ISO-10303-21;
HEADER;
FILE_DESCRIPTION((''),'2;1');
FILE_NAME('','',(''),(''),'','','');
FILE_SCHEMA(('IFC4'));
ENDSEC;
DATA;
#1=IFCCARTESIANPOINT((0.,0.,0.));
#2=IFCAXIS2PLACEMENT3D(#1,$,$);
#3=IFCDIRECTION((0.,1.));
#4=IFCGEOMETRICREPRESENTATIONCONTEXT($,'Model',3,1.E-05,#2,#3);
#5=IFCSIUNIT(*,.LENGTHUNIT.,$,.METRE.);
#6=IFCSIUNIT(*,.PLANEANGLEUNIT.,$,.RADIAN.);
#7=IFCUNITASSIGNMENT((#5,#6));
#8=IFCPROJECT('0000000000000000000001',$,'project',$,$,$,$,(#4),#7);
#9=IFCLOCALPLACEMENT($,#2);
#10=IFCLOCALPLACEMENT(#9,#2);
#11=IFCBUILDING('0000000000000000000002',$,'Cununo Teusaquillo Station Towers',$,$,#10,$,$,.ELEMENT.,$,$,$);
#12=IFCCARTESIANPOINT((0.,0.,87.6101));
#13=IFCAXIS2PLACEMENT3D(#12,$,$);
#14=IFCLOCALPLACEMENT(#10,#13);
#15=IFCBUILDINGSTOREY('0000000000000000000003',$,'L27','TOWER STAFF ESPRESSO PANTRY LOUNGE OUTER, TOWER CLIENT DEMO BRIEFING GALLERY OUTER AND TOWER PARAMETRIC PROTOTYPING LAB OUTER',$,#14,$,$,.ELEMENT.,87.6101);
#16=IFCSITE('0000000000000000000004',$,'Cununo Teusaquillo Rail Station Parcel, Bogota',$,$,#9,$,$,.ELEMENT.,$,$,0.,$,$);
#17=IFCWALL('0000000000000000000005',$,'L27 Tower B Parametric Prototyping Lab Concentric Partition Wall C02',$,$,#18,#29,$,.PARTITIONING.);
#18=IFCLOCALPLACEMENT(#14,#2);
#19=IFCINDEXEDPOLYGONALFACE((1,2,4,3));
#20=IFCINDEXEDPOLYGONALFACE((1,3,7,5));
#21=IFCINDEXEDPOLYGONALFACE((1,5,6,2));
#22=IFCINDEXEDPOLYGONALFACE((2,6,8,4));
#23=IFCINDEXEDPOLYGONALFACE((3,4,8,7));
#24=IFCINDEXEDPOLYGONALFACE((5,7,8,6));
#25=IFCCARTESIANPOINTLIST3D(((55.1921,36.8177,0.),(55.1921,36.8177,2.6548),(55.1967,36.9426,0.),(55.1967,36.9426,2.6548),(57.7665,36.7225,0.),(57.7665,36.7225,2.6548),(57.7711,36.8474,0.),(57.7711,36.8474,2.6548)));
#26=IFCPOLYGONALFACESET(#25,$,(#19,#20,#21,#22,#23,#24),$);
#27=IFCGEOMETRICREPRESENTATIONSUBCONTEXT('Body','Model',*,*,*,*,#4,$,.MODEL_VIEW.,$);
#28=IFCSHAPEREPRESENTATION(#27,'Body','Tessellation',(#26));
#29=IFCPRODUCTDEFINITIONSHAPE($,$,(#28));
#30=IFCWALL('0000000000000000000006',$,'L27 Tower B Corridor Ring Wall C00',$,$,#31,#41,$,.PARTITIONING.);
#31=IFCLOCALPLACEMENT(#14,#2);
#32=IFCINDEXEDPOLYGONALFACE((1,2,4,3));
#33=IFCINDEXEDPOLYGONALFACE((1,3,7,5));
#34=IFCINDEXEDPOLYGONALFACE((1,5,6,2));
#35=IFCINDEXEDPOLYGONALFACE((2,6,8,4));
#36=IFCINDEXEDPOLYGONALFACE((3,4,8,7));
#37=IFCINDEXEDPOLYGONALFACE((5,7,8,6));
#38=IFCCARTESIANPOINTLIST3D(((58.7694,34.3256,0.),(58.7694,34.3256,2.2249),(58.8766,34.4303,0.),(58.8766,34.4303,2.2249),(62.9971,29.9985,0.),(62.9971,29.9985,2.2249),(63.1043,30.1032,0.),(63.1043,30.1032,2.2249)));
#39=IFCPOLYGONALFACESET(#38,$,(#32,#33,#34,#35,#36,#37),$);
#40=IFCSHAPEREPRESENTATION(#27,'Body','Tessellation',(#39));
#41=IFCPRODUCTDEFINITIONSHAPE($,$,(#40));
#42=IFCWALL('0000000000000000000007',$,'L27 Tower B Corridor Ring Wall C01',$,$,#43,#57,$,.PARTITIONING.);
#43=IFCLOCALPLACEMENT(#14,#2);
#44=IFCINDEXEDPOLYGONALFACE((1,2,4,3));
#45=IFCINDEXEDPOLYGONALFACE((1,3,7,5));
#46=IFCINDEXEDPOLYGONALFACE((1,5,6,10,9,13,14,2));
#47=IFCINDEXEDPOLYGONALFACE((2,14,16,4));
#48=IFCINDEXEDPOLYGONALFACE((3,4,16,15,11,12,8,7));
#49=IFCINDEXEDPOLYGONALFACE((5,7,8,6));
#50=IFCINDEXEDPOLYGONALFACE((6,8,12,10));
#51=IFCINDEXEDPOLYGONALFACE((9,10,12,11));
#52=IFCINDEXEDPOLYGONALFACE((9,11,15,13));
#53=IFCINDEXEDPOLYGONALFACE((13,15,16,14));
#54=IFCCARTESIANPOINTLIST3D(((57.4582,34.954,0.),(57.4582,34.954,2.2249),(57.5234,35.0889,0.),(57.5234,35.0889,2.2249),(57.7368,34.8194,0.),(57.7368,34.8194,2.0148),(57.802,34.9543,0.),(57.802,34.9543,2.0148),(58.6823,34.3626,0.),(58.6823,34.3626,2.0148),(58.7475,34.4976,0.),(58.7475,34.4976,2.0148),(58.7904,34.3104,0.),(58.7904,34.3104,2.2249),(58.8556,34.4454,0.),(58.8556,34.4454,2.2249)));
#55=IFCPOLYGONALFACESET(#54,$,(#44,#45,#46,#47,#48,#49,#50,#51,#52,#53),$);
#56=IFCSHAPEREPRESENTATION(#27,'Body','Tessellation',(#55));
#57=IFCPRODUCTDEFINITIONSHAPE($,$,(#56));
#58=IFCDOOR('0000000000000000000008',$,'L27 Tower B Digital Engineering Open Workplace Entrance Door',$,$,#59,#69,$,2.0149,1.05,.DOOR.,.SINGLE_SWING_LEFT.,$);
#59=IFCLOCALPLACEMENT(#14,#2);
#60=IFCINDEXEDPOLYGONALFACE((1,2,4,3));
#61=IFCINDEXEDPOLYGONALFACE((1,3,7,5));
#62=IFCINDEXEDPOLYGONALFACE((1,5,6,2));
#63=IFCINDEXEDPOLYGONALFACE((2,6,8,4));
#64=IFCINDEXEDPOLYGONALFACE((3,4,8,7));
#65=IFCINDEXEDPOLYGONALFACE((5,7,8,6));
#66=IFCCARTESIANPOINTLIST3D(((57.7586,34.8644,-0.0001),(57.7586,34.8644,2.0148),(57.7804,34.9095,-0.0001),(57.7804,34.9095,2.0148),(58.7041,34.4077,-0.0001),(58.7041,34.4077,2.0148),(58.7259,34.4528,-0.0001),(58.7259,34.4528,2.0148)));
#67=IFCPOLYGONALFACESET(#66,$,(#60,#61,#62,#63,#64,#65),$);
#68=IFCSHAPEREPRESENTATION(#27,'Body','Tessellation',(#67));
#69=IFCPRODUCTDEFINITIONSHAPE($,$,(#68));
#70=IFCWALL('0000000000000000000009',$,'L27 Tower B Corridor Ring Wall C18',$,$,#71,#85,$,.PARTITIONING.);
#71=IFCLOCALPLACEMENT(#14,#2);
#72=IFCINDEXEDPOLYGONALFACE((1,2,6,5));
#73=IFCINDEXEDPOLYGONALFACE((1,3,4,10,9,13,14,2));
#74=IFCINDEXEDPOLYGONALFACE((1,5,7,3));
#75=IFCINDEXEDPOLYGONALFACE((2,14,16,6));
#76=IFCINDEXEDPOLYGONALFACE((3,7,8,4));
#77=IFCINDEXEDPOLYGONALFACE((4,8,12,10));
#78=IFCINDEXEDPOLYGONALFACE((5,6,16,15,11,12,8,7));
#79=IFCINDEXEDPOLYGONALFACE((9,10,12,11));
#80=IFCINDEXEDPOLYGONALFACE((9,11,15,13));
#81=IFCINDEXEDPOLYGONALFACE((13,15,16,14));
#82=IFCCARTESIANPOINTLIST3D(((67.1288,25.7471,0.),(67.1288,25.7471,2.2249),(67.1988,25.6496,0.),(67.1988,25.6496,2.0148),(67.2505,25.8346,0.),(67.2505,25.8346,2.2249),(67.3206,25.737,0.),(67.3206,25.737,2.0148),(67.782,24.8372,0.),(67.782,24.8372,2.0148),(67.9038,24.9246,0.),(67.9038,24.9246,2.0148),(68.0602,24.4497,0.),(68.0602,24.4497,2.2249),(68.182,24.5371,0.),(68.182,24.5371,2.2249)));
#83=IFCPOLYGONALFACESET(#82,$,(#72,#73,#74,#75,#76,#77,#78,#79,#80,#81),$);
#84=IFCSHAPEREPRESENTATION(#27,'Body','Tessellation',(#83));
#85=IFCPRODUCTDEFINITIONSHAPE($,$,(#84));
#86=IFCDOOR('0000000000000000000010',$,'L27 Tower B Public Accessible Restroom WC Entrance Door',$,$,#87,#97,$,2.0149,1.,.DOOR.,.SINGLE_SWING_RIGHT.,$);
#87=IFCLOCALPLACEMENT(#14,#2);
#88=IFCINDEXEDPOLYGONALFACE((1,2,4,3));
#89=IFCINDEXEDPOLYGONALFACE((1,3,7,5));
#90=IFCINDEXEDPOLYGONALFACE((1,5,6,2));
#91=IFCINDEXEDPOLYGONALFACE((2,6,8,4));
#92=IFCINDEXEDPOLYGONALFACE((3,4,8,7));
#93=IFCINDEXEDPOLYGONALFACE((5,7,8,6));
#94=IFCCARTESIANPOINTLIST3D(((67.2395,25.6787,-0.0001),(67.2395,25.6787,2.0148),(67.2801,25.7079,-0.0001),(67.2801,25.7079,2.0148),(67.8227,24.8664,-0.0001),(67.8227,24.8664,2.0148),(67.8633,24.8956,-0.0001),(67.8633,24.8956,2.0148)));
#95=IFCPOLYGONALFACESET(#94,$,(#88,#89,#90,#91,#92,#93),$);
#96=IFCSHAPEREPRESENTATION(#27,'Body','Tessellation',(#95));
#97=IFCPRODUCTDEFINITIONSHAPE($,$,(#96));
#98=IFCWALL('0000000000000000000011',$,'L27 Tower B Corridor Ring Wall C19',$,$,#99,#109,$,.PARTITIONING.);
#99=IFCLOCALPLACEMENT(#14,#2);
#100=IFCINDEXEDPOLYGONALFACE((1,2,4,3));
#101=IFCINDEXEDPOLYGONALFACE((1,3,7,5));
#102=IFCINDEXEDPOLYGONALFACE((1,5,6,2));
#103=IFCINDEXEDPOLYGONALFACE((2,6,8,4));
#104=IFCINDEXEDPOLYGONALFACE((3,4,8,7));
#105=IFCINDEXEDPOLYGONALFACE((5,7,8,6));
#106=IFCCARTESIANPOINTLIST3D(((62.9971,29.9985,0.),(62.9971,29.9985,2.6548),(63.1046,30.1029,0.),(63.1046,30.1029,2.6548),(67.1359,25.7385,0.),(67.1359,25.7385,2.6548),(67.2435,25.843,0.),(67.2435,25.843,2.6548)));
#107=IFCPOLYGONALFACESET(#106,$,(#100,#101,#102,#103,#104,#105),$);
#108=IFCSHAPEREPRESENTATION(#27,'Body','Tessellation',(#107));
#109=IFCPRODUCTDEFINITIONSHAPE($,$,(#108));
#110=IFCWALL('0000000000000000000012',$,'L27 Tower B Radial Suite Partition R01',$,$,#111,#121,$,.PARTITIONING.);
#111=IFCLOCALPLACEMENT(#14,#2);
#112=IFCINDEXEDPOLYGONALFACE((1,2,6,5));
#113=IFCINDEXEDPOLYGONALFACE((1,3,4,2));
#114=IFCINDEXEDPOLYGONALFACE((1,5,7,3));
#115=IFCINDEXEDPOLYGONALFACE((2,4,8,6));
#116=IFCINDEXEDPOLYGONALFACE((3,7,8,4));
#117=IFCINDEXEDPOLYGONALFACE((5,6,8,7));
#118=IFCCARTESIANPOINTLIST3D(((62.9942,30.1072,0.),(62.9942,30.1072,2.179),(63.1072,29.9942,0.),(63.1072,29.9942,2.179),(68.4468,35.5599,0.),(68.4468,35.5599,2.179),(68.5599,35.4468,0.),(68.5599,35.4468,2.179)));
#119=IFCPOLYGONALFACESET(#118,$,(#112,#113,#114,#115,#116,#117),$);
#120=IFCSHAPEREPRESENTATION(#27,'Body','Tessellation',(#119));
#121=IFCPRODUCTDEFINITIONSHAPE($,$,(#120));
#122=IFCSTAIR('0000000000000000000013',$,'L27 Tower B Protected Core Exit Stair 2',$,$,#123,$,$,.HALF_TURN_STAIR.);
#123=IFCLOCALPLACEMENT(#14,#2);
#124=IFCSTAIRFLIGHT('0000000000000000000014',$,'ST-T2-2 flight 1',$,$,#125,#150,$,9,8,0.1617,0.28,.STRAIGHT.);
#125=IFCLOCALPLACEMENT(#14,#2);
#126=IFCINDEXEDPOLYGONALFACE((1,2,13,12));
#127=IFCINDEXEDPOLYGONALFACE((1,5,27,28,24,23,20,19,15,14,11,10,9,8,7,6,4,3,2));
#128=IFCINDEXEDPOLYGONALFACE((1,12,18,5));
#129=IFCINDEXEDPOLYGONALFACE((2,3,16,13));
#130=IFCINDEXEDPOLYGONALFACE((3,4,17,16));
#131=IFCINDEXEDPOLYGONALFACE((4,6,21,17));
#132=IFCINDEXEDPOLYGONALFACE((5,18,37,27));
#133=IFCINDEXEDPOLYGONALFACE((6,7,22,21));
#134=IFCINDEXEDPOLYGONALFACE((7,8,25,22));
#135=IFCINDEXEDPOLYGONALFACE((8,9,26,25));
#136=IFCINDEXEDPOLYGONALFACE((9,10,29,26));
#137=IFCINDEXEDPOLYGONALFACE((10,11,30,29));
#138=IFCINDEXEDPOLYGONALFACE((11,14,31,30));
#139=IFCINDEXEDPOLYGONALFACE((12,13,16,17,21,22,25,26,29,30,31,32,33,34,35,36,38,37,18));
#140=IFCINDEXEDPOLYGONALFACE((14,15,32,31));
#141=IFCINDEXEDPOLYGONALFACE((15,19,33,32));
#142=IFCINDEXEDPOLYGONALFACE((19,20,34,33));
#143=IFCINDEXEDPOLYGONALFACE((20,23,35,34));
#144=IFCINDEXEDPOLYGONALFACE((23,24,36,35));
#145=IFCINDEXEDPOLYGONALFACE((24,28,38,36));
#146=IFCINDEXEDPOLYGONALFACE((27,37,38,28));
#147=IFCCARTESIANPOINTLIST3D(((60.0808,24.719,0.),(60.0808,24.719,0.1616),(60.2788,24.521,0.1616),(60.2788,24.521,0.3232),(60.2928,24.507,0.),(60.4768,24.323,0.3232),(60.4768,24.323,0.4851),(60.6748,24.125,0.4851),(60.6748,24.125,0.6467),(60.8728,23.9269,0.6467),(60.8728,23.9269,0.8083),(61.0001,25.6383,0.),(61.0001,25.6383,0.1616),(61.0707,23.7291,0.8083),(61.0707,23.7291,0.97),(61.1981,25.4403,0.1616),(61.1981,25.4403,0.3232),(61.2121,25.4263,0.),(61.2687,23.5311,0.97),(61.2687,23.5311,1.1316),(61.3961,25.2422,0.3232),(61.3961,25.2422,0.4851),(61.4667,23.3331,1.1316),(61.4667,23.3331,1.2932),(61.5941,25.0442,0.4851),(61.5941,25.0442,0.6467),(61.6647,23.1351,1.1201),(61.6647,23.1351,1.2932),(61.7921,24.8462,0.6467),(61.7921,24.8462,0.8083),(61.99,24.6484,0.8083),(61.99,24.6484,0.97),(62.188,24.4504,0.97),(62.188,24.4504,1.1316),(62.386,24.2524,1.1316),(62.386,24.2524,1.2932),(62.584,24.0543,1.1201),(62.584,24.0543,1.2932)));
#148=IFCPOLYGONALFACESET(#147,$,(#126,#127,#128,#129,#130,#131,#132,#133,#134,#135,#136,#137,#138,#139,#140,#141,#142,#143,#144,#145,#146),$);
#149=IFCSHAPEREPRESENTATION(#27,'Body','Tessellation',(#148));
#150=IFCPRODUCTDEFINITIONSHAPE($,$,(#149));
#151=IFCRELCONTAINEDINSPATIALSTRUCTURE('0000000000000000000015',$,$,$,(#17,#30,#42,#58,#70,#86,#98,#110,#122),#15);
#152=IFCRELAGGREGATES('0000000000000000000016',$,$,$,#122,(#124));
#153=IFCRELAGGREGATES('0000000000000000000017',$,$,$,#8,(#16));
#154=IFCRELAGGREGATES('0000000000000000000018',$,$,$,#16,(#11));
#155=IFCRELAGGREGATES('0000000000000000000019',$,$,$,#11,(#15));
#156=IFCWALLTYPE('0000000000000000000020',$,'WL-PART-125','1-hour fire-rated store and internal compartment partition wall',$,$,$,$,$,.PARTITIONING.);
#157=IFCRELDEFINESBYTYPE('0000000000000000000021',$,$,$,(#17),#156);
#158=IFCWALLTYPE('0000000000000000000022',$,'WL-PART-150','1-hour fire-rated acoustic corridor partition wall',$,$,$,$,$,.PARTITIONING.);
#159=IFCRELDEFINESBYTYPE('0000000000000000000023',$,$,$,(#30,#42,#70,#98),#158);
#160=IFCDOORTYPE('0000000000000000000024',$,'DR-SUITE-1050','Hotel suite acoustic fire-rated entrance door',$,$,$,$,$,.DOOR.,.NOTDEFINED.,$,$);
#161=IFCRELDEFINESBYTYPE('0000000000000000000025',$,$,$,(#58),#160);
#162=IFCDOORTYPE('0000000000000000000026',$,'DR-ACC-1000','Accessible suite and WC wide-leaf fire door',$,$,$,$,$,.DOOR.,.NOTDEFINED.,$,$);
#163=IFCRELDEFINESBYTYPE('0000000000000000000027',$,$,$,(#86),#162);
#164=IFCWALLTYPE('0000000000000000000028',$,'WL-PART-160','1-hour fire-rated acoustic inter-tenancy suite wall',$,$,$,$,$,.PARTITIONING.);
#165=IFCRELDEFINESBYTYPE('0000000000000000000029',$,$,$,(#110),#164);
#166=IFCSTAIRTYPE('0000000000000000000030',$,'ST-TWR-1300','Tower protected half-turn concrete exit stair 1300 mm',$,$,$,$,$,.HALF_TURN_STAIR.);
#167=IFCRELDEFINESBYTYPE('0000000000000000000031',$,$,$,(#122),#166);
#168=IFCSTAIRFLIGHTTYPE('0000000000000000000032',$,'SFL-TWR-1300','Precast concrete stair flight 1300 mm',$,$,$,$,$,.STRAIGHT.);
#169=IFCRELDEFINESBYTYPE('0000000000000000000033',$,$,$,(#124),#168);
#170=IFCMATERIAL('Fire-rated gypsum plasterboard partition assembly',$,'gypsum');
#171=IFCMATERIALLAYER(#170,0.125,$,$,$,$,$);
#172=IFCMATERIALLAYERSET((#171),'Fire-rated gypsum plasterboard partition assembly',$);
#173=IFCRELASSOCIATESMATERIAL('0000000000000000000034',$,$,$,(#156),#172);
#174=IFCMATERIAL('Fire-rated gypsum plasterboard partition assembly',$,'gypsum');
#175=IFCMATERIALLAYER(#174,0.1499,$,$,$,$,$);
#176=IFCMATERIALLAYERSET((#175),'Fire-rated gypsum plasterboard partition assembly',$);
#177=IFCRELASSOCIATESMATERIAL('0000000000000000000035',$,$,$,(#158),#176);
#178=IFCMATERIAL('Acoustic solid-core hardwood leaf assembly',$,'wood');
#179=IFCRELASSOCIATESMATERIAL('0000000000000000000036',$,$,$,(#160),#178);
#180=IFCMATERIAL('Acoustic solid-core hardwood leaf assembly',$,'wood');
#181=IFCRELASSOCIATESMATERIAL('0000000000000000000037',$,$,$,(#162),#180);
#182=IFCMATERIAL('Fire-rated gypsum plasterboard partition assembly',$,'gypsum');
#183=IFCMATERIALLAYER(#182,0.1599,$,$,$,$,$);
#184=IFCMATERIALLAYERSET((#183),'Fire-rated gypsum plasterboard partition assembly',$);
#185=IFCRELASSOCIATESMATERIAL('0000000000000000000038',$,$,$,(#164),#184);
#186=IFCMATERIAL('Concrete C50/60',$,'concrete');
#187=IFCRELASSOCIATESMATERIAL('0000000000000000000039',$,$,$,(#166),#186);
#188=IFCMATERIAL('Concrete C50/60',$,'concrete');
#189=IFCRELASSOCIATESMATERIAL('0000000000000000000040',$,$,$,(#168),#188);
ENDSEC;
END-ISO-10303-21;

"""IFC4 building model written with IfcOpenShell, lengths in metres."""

from ifc_helpers import new_model, si_unit, direction, frame, frame_2d, origin, place, context, subcontext, project, spatial, polyline, rectangle, outline, extrude, source, transform, mapped, material, layer, layer_set, type_object, element, fill, aggregate, save


model = new_model("IFC4")

# Units and contexts
model_context = context("Model", 3, precision=1e-05, world=origin(), true_north=direction((0.0, 1.0)))
body_context = subcontext(model_context, "Body", "Model", "MODEL_VIEW")
ifc_project = project(units=[si_unit("LENGTHUNIT", "METRE"), si_unit("PLANEANGLEUNIT", "RADIAN")], contexts=[model_context])

# Site, building, storey
site_placement = place(None, origin())
site = spatial("IfcSite", under=ifc_project, at=site_placement, Name="Cununo Teusaquillo Rail Station Parcel, Bogota", CompositionType="ELEMENT", RefElevation=0.0)
building_placement = place(site_placement, origin())
building = spatial("IfcBuilding", under=site, at=building_placement, Name="Cununo Teusaquillo Station Towers", CompositionType="ELEMENT")
storey_placement = place(building_placement, frame((0.0, 0.0, 87.6101)))
storey = spatial("IfcBuildingStorey", under=building, at=storey_placement, Name="L27", Description="TOWER STAFF ESPRESSO PANTRY LOUNGE OUTER, TOWER CLIENT DEMO BRIEFING GALLERY OUTER AND TOWER PARAMETRIC PROTOTYPING LAB OUTER", CompositionType="ELEMENT", Elevation=87.6101)

# Walls
ifc_material_1 = material(Name="Fire-rated gypsum plasterboard partition assembly", Category="gypsum")
ifc_layer_1 = layer(ifc_material_1, 0.125)
ifc_layer_set_1 = layer_set([ifc_layer_1], Name="Fire-rated gypsum plasterboard partition assembly")
wall_type_1 = type_object("IfcWallType", Name="WL-PART-125", Description="1-hour fire-rated store and internal compartment partition wall", PredefinedType="PARTITIONING", material=ifc_layer_set_1)
wall_1_placement = place(storey_placement, frame((57.7688, 36.7849, 0.0), z_axis=(0.0, 0.0, 1.0), x_axis=(-0.999317, 0.036959, 0.0)))
element("IfcWall", 1, at=wall_1_placement, inside=storey, type_object=wall_type_1, Name="L27 Tower B Parametric Prototyping Lab Concentric Partition Wall C02", PredefinedType="PARTITIONING", context=body_context, shape_type="SweptSolid", body=[
    extrude(rectangle(XDim=2.5762, YDim=0.125, at=frame_2d((1.2881, 0.0))), origin(), (0.0, 0.0, 1.0), 2.6548),
])
ifc_material_2 = material(Name="Fire-rated gypsum plasterboard partition assembly", Category="gypsum")
ifc_layer_2 = layer(ifc_material_2, 0.1499)
ifc_layer_set_2 = layer_set([ifc_layer_2], Name="Fire-rated gypsum plasterboard partition assembly")
wall_type_2 = type_object("IfcWallType", Name="WL-PART-150", Description="1-hour fire-rated acoustic corridor partition wall", PredefinedType="PARTITIONING", material=ifc_layer_set_2)
wall_2_placement = place(storey_placement, frame((63.0508, 30.0508, 0.0), z_axis=(0.0, 0.0, 1.0), x_axis=(-0.698847, 0.715272, 0.0)))
element("IfcWall", 2, at=wall_2_placement, inside=storey, type_object=wall_type_2, Name="L27 Tower B Corridor Ring Wall C00", PredefinedType="PARTITIONING", context=body_context, shape_type="SweptSolid", body=[
    extrude(rectangle(XDim=6.0496, YDim=0.1499, at=frame_2d((3.0249, 0.0))), origin(), (0.0, 0.0, 1.0), 2.2249),
])

# Walls, openings, doors
wall_3_placement = place(storey_placement, frame((58.823, 34.3779, 0.0), z_axis=(0.0, 0.0, 1.0), x_axis=(-0.900449, 0.434961, 0.0)))
wall_3 = element("IfcWall", 3, at=wall_3_placement, inside=storey, type_object=wall_type_2, Name="L27 Tower B Corridor Ring Wall C01", PredefinedType="PARTITIONING", context=body_context, shape_type="SweptSolid", body=[
    extrude(rectangle(XDim=1.4795, YDim=0.1499, at=frame_2d((0.7397, 0.0))), origin(), (0.0, 0.0, 1.0), 2.2249),
])
shared_shape_1 = source(origin(), body_context, "Body", "SweptSolid", [
    extrude(rectangle(XDim=1.05, YDim=2.0149, at=frame_2d((0.5249, 1.0073))), frame((0.0, 0.085, 0.0), z_axis=(0.0, -1.0, 0.0), x_axis=(1.0, 0.0, 0.0)), (0.0, 0.0, 1.0), 0.1699),
])
opening_1_placement = place(wall_3_placement, frame((0.1201, 0.0, 0.0)))
opening_1 = element("IfcOpeningElement", 4, at=opening_1_placement, cuts=wall_3, PredefinedType="OPENING", context=body_context, shape_type="MappedRepresentation", body=[
    mapped(shared_shape_1, transform((0.0, 0.0, 0.0), x_axis=(1.0, 0.0, 0.0), y_axis=(0.0, 1.0, 0.0), z_axis=(0.0, 0.0, 1.0), scale=1.0)),
])
ifc_material_3 = material(Name="Acoustic solid-core hardwood leaf assembly", Category="wood")
door_type_1 = type_object("IfcDoorType", Name="DR-SUITE-1050", Description="Hotel suite acoustic fire-rated entrance door", OperationType="NOTDEFINED", PredefinedType="DOOR", material=ifc_material_3)
shared_shape_2 = source(origin(), body_context, "Body", "SweptSolid", [
    extrude(rectangle(XDim=1.05, YDim=2.0149, at=frame_2d((0.5249, 1.0073))), frame((0.0, 0.0249, 0.0), z_axis=(0.0, -1.0, 0.0), x_axis=(1.0, 0.0, 0.0)), (0.0, 0.0, 1.0), 0.05),
])
door_1_placement = place(opening_1_placement, origin())
door_1 = element("IfcDoor", 5, at=door_1_placement, inside=storey, type_object=door_type_1, Name="L27 Tower B Digital Engineering Open Workplace Entrance Door", OperationType="SINGLE_SWING_LEFT", OverallHeight=2.0149, OverallWidth=1.05, PredefinedType="DOOR", context=body_context, shape_type="MappedRepresentation", body=[
    mapped(shared_shape_2, transform((0.0, 0.0, 0.0), x_axis=(1.0, 0.0, 0.0), y_axis=(0.0, 1.0, 0.0), z_axis=(0.0, 0.0, 1.0), scale=1.0)),
])
fill(opening_1, door_1)
wall_4_placement = place(storey_placement, frame((68.1211, 24.4934, 0.0), z_axis=(0.0, 0.0, 1.0), x_axis=(-0.583189, 0.812337, 0.0)))
wall_4 = element("IfcWall", 6, at=wall_4_placement, inside=storey, type_object=wall_type_2, Name="L27 Tower B Corridor Ring Wall C18", PredefinedType="PARTITIONING", context=body_context, shape_type="SweptSolid", body=[
    extrude(rectangle(XDim=1.5972, YDim=0.1499, at=frame_2d((0.7986, 0.0))), origin(), (0.0, 0.0, 1.0), 2.2249),
])
shared_shape_3 = source(origin(), body_context, "Body", "SweptSolid", [
    extrude(rectangle(XDim=1.0, YDim=2.0149, at=frame_2d((0.5, 1.0073))), frame((0.0, 0.085, 0.0), z_axis=(0.0, -1.0, 0.0), x_axis=(1.0, 0.0, 0.0)), (0.0, 0.0, 1.0), 0.1699),
])
opening_2_placement = place(wall_4_placement, frame((0.4771, 0.0, 0.0)))
opening_2 = element("IfcOpeningElement", 7, at=opening_2_placement, cuts=wall_4, PredefinedType="OPENING", context=body_context, shape_type="MappedRepresentation", body=[
    mapped(shared_shape_3, transform((0.0, 0.0, 0.0), x_axis=(1.0, 0.0, 0.0), y_axis=(0.0, 1.0, 0.0), z_axis=(0.0, 0.0, 1.0), scale=1.0)),
])
ifc_material_4 = material(Name="Acoustic solid-core hardwood leaf assembly", Category="wood")
door_type_2 = type_object("IfcDoorType", Name="DR-ACC-1000", Description="Accessible suite and WC wide-leaf fire door", OperationType="NOTDEFINED", PredefinedType="DOOR", material=ifc_material_4)
shared_shape_4 = source(origin(), body_context, "Body", "SweptSolid", [
    extrude(rectangle(XDim=1.0, YDim=2.0149, at=frame_2d((0.5, 1.0073))), frame((0.0, 0.0249, 0.0), z_axis=(0.0, -1.0, 0.0), x_axis=(1.0, 0.0, 0.0)), (0.0, 0.0, 1.0), 0.05),
])
door_2_placement = place(opening_2_placement, origin())
door_2 = element("IfcDoor", 8, at=door_2_placement, inside=storey, type_object=door_type_2, Name="L27 Tower B Public Accessible Restroom WC Entrance Door", OperationType="SINGLE_SWING_RIGHT", OverallHeight=2.0149, OverallWidth=1.0, PredefinedType="DOOR", context=body_context, shape_type="MappedRepresentation", body=[
    mapped(shared_shape_4, transform((0.0, 0.0, 0.0), x_axis=(1.0, 0.0, 0.0), y_axis=(0.0, 1.0, 0.0), z_axis=(0.0, 0.0, 1.0), scale=1.0)),
])
fill(opening_2, door_2)

# Walls
wall_5_placement = place(storey_placement, frame((67.1897, 25.7908, 0.0), z_axis=(0.0, 0.0, 1.0), x_axis=(-0.696839, 0.717227, 0.0)))
element("IfcWall", 9, at=wall_5_placement, inside=storey, type_object=wall_type_2, Name="L27 Tower B Corridor Ring Wall C19", PredefinedType="PARTITIONING", context=body_context, shape_type="SweptSolid", body=[
    extrude(rectangle(XDim=5.9395, YDim=0.1499, at=frame_2d((2.9697, 0.0))), origin(), (0.0, 0.0, 1.0), 2.6548),
])
ifc_material_5 = material(Name="Fire-rated gypsum plasterboard partition assembly", Category="gypsum")
ifc_layer_3 = layer(ifc_material_5, 0.1599)
ifc_layer_set_3 = layer_set([ifc_layer_3], Name="Fire-rated gypsum plasterboard partition assembly")
wall_type_3 = type_object("IfcWallType", Name="WL-PART-160", Description="1-hour fire-rated acoustic inter-tenancy suite wall", PredefinedType="PARTITIONING", material=ifc_layer_set_3)
wall_6_placement = place(storey_placement, frame((63.0508, 30.0508, 0.0), z_axis=(0.0, 0.0, 1.0), x_axis=(0.707107, 0.707107, 0.0)))
element("IfcWall", 10, at=wall_6_placement, inside=storey, type_object=wall_type_3, Name="L27 Tower B Radial Suite Partition R01", PredefinedType="PARTITIONING", context=body_context, shape_type="SweptSolid", body=[
    extrude(rectangle(XDim=7.7112, YDim=0.1599, at=frame_2d((3.8555, 0.0))), origin(), (0.0, 0.0, 1.0), 2.179),
])

# Stair, stair flight
ifc_material_6 = material(Name="Concrete C50/60", Category="concrete")
stair_type = type_object("IfcStairType", Name="ST-TWR-1300", Description="Tower protected half-turn concrete exit stair 1300 mm", PredefinedType="HALF_TURN_STAIR", material=ifc_material_6)
stair_placement = place(storey_placement, origin())
stair = element("IfcStair", 11, at=stair_placement, inside=storey, type_object=stair_type, Name="L27 Tower B Protected Core Exit Stair 2", PredefinedType="HALF_TURN_STAIR")
ifc_material_7 = material(Name="Concrete C50/60", Category="concrete")
stair_flight_type = type_object("IfcStairFlightType", Name="SFL-TWR-1300", Description="Precast concrete stair flight 1300 mm", PredefinedType="STRAIGHT", material=ifc_material_7)
stair_flight_1_placement = place(storey_placement, frame((60.5405, 25.1787, 0.0), z_axis=(0.0, 0.0, 1.0), x_axis=(0.707107, -0.707107, 0.0)))
stair_flight_1 = element("IfcStairFlight", 12, at=stair_flight_1_placement, type_object=stair_flight_type, Name="ST-T2-2 flight 1", NumberOfRisers=9, NumberOfTreads=8, PredefinedType="STRAIGHT", RiserHeight=0.1617, TreadLength=0.28, context=body_context, shape_type="SweptSolid", body=[
    extrude(outline(polyline([(0.0, 0.0), (0.0, 0.1616), (0.28, 0.1616), (0.28, 0.3232), (0.5601, 0.3232), (0.5601, 0.4851), (0.8401, 0.4851), (0.8401, 0.6467), (1.1201, 0.6467), (1.1201, 0.8083), (1.3999, 0.8083), (1.3999, 0.97), (1.6799, 0.97), (1.6799, 1.1316), (1.96, 1.1316), (1.96, 1.2932), (2.24, 1.2932), (2.24, 1.4551), (2.24, 1.1201), (0.2998, 0.0), (0.0, 0.0)])), frame((0.0, 0.6499, 0.0), z_axis=(0.0, -1.0, 0.0), x_axis=(1.0, 0.0, 0.0)), (0.0, 0.0, 1.0), 1.3),
])
aggregate(stair, [stair_flight_1])

save(model, "model.ifc")
